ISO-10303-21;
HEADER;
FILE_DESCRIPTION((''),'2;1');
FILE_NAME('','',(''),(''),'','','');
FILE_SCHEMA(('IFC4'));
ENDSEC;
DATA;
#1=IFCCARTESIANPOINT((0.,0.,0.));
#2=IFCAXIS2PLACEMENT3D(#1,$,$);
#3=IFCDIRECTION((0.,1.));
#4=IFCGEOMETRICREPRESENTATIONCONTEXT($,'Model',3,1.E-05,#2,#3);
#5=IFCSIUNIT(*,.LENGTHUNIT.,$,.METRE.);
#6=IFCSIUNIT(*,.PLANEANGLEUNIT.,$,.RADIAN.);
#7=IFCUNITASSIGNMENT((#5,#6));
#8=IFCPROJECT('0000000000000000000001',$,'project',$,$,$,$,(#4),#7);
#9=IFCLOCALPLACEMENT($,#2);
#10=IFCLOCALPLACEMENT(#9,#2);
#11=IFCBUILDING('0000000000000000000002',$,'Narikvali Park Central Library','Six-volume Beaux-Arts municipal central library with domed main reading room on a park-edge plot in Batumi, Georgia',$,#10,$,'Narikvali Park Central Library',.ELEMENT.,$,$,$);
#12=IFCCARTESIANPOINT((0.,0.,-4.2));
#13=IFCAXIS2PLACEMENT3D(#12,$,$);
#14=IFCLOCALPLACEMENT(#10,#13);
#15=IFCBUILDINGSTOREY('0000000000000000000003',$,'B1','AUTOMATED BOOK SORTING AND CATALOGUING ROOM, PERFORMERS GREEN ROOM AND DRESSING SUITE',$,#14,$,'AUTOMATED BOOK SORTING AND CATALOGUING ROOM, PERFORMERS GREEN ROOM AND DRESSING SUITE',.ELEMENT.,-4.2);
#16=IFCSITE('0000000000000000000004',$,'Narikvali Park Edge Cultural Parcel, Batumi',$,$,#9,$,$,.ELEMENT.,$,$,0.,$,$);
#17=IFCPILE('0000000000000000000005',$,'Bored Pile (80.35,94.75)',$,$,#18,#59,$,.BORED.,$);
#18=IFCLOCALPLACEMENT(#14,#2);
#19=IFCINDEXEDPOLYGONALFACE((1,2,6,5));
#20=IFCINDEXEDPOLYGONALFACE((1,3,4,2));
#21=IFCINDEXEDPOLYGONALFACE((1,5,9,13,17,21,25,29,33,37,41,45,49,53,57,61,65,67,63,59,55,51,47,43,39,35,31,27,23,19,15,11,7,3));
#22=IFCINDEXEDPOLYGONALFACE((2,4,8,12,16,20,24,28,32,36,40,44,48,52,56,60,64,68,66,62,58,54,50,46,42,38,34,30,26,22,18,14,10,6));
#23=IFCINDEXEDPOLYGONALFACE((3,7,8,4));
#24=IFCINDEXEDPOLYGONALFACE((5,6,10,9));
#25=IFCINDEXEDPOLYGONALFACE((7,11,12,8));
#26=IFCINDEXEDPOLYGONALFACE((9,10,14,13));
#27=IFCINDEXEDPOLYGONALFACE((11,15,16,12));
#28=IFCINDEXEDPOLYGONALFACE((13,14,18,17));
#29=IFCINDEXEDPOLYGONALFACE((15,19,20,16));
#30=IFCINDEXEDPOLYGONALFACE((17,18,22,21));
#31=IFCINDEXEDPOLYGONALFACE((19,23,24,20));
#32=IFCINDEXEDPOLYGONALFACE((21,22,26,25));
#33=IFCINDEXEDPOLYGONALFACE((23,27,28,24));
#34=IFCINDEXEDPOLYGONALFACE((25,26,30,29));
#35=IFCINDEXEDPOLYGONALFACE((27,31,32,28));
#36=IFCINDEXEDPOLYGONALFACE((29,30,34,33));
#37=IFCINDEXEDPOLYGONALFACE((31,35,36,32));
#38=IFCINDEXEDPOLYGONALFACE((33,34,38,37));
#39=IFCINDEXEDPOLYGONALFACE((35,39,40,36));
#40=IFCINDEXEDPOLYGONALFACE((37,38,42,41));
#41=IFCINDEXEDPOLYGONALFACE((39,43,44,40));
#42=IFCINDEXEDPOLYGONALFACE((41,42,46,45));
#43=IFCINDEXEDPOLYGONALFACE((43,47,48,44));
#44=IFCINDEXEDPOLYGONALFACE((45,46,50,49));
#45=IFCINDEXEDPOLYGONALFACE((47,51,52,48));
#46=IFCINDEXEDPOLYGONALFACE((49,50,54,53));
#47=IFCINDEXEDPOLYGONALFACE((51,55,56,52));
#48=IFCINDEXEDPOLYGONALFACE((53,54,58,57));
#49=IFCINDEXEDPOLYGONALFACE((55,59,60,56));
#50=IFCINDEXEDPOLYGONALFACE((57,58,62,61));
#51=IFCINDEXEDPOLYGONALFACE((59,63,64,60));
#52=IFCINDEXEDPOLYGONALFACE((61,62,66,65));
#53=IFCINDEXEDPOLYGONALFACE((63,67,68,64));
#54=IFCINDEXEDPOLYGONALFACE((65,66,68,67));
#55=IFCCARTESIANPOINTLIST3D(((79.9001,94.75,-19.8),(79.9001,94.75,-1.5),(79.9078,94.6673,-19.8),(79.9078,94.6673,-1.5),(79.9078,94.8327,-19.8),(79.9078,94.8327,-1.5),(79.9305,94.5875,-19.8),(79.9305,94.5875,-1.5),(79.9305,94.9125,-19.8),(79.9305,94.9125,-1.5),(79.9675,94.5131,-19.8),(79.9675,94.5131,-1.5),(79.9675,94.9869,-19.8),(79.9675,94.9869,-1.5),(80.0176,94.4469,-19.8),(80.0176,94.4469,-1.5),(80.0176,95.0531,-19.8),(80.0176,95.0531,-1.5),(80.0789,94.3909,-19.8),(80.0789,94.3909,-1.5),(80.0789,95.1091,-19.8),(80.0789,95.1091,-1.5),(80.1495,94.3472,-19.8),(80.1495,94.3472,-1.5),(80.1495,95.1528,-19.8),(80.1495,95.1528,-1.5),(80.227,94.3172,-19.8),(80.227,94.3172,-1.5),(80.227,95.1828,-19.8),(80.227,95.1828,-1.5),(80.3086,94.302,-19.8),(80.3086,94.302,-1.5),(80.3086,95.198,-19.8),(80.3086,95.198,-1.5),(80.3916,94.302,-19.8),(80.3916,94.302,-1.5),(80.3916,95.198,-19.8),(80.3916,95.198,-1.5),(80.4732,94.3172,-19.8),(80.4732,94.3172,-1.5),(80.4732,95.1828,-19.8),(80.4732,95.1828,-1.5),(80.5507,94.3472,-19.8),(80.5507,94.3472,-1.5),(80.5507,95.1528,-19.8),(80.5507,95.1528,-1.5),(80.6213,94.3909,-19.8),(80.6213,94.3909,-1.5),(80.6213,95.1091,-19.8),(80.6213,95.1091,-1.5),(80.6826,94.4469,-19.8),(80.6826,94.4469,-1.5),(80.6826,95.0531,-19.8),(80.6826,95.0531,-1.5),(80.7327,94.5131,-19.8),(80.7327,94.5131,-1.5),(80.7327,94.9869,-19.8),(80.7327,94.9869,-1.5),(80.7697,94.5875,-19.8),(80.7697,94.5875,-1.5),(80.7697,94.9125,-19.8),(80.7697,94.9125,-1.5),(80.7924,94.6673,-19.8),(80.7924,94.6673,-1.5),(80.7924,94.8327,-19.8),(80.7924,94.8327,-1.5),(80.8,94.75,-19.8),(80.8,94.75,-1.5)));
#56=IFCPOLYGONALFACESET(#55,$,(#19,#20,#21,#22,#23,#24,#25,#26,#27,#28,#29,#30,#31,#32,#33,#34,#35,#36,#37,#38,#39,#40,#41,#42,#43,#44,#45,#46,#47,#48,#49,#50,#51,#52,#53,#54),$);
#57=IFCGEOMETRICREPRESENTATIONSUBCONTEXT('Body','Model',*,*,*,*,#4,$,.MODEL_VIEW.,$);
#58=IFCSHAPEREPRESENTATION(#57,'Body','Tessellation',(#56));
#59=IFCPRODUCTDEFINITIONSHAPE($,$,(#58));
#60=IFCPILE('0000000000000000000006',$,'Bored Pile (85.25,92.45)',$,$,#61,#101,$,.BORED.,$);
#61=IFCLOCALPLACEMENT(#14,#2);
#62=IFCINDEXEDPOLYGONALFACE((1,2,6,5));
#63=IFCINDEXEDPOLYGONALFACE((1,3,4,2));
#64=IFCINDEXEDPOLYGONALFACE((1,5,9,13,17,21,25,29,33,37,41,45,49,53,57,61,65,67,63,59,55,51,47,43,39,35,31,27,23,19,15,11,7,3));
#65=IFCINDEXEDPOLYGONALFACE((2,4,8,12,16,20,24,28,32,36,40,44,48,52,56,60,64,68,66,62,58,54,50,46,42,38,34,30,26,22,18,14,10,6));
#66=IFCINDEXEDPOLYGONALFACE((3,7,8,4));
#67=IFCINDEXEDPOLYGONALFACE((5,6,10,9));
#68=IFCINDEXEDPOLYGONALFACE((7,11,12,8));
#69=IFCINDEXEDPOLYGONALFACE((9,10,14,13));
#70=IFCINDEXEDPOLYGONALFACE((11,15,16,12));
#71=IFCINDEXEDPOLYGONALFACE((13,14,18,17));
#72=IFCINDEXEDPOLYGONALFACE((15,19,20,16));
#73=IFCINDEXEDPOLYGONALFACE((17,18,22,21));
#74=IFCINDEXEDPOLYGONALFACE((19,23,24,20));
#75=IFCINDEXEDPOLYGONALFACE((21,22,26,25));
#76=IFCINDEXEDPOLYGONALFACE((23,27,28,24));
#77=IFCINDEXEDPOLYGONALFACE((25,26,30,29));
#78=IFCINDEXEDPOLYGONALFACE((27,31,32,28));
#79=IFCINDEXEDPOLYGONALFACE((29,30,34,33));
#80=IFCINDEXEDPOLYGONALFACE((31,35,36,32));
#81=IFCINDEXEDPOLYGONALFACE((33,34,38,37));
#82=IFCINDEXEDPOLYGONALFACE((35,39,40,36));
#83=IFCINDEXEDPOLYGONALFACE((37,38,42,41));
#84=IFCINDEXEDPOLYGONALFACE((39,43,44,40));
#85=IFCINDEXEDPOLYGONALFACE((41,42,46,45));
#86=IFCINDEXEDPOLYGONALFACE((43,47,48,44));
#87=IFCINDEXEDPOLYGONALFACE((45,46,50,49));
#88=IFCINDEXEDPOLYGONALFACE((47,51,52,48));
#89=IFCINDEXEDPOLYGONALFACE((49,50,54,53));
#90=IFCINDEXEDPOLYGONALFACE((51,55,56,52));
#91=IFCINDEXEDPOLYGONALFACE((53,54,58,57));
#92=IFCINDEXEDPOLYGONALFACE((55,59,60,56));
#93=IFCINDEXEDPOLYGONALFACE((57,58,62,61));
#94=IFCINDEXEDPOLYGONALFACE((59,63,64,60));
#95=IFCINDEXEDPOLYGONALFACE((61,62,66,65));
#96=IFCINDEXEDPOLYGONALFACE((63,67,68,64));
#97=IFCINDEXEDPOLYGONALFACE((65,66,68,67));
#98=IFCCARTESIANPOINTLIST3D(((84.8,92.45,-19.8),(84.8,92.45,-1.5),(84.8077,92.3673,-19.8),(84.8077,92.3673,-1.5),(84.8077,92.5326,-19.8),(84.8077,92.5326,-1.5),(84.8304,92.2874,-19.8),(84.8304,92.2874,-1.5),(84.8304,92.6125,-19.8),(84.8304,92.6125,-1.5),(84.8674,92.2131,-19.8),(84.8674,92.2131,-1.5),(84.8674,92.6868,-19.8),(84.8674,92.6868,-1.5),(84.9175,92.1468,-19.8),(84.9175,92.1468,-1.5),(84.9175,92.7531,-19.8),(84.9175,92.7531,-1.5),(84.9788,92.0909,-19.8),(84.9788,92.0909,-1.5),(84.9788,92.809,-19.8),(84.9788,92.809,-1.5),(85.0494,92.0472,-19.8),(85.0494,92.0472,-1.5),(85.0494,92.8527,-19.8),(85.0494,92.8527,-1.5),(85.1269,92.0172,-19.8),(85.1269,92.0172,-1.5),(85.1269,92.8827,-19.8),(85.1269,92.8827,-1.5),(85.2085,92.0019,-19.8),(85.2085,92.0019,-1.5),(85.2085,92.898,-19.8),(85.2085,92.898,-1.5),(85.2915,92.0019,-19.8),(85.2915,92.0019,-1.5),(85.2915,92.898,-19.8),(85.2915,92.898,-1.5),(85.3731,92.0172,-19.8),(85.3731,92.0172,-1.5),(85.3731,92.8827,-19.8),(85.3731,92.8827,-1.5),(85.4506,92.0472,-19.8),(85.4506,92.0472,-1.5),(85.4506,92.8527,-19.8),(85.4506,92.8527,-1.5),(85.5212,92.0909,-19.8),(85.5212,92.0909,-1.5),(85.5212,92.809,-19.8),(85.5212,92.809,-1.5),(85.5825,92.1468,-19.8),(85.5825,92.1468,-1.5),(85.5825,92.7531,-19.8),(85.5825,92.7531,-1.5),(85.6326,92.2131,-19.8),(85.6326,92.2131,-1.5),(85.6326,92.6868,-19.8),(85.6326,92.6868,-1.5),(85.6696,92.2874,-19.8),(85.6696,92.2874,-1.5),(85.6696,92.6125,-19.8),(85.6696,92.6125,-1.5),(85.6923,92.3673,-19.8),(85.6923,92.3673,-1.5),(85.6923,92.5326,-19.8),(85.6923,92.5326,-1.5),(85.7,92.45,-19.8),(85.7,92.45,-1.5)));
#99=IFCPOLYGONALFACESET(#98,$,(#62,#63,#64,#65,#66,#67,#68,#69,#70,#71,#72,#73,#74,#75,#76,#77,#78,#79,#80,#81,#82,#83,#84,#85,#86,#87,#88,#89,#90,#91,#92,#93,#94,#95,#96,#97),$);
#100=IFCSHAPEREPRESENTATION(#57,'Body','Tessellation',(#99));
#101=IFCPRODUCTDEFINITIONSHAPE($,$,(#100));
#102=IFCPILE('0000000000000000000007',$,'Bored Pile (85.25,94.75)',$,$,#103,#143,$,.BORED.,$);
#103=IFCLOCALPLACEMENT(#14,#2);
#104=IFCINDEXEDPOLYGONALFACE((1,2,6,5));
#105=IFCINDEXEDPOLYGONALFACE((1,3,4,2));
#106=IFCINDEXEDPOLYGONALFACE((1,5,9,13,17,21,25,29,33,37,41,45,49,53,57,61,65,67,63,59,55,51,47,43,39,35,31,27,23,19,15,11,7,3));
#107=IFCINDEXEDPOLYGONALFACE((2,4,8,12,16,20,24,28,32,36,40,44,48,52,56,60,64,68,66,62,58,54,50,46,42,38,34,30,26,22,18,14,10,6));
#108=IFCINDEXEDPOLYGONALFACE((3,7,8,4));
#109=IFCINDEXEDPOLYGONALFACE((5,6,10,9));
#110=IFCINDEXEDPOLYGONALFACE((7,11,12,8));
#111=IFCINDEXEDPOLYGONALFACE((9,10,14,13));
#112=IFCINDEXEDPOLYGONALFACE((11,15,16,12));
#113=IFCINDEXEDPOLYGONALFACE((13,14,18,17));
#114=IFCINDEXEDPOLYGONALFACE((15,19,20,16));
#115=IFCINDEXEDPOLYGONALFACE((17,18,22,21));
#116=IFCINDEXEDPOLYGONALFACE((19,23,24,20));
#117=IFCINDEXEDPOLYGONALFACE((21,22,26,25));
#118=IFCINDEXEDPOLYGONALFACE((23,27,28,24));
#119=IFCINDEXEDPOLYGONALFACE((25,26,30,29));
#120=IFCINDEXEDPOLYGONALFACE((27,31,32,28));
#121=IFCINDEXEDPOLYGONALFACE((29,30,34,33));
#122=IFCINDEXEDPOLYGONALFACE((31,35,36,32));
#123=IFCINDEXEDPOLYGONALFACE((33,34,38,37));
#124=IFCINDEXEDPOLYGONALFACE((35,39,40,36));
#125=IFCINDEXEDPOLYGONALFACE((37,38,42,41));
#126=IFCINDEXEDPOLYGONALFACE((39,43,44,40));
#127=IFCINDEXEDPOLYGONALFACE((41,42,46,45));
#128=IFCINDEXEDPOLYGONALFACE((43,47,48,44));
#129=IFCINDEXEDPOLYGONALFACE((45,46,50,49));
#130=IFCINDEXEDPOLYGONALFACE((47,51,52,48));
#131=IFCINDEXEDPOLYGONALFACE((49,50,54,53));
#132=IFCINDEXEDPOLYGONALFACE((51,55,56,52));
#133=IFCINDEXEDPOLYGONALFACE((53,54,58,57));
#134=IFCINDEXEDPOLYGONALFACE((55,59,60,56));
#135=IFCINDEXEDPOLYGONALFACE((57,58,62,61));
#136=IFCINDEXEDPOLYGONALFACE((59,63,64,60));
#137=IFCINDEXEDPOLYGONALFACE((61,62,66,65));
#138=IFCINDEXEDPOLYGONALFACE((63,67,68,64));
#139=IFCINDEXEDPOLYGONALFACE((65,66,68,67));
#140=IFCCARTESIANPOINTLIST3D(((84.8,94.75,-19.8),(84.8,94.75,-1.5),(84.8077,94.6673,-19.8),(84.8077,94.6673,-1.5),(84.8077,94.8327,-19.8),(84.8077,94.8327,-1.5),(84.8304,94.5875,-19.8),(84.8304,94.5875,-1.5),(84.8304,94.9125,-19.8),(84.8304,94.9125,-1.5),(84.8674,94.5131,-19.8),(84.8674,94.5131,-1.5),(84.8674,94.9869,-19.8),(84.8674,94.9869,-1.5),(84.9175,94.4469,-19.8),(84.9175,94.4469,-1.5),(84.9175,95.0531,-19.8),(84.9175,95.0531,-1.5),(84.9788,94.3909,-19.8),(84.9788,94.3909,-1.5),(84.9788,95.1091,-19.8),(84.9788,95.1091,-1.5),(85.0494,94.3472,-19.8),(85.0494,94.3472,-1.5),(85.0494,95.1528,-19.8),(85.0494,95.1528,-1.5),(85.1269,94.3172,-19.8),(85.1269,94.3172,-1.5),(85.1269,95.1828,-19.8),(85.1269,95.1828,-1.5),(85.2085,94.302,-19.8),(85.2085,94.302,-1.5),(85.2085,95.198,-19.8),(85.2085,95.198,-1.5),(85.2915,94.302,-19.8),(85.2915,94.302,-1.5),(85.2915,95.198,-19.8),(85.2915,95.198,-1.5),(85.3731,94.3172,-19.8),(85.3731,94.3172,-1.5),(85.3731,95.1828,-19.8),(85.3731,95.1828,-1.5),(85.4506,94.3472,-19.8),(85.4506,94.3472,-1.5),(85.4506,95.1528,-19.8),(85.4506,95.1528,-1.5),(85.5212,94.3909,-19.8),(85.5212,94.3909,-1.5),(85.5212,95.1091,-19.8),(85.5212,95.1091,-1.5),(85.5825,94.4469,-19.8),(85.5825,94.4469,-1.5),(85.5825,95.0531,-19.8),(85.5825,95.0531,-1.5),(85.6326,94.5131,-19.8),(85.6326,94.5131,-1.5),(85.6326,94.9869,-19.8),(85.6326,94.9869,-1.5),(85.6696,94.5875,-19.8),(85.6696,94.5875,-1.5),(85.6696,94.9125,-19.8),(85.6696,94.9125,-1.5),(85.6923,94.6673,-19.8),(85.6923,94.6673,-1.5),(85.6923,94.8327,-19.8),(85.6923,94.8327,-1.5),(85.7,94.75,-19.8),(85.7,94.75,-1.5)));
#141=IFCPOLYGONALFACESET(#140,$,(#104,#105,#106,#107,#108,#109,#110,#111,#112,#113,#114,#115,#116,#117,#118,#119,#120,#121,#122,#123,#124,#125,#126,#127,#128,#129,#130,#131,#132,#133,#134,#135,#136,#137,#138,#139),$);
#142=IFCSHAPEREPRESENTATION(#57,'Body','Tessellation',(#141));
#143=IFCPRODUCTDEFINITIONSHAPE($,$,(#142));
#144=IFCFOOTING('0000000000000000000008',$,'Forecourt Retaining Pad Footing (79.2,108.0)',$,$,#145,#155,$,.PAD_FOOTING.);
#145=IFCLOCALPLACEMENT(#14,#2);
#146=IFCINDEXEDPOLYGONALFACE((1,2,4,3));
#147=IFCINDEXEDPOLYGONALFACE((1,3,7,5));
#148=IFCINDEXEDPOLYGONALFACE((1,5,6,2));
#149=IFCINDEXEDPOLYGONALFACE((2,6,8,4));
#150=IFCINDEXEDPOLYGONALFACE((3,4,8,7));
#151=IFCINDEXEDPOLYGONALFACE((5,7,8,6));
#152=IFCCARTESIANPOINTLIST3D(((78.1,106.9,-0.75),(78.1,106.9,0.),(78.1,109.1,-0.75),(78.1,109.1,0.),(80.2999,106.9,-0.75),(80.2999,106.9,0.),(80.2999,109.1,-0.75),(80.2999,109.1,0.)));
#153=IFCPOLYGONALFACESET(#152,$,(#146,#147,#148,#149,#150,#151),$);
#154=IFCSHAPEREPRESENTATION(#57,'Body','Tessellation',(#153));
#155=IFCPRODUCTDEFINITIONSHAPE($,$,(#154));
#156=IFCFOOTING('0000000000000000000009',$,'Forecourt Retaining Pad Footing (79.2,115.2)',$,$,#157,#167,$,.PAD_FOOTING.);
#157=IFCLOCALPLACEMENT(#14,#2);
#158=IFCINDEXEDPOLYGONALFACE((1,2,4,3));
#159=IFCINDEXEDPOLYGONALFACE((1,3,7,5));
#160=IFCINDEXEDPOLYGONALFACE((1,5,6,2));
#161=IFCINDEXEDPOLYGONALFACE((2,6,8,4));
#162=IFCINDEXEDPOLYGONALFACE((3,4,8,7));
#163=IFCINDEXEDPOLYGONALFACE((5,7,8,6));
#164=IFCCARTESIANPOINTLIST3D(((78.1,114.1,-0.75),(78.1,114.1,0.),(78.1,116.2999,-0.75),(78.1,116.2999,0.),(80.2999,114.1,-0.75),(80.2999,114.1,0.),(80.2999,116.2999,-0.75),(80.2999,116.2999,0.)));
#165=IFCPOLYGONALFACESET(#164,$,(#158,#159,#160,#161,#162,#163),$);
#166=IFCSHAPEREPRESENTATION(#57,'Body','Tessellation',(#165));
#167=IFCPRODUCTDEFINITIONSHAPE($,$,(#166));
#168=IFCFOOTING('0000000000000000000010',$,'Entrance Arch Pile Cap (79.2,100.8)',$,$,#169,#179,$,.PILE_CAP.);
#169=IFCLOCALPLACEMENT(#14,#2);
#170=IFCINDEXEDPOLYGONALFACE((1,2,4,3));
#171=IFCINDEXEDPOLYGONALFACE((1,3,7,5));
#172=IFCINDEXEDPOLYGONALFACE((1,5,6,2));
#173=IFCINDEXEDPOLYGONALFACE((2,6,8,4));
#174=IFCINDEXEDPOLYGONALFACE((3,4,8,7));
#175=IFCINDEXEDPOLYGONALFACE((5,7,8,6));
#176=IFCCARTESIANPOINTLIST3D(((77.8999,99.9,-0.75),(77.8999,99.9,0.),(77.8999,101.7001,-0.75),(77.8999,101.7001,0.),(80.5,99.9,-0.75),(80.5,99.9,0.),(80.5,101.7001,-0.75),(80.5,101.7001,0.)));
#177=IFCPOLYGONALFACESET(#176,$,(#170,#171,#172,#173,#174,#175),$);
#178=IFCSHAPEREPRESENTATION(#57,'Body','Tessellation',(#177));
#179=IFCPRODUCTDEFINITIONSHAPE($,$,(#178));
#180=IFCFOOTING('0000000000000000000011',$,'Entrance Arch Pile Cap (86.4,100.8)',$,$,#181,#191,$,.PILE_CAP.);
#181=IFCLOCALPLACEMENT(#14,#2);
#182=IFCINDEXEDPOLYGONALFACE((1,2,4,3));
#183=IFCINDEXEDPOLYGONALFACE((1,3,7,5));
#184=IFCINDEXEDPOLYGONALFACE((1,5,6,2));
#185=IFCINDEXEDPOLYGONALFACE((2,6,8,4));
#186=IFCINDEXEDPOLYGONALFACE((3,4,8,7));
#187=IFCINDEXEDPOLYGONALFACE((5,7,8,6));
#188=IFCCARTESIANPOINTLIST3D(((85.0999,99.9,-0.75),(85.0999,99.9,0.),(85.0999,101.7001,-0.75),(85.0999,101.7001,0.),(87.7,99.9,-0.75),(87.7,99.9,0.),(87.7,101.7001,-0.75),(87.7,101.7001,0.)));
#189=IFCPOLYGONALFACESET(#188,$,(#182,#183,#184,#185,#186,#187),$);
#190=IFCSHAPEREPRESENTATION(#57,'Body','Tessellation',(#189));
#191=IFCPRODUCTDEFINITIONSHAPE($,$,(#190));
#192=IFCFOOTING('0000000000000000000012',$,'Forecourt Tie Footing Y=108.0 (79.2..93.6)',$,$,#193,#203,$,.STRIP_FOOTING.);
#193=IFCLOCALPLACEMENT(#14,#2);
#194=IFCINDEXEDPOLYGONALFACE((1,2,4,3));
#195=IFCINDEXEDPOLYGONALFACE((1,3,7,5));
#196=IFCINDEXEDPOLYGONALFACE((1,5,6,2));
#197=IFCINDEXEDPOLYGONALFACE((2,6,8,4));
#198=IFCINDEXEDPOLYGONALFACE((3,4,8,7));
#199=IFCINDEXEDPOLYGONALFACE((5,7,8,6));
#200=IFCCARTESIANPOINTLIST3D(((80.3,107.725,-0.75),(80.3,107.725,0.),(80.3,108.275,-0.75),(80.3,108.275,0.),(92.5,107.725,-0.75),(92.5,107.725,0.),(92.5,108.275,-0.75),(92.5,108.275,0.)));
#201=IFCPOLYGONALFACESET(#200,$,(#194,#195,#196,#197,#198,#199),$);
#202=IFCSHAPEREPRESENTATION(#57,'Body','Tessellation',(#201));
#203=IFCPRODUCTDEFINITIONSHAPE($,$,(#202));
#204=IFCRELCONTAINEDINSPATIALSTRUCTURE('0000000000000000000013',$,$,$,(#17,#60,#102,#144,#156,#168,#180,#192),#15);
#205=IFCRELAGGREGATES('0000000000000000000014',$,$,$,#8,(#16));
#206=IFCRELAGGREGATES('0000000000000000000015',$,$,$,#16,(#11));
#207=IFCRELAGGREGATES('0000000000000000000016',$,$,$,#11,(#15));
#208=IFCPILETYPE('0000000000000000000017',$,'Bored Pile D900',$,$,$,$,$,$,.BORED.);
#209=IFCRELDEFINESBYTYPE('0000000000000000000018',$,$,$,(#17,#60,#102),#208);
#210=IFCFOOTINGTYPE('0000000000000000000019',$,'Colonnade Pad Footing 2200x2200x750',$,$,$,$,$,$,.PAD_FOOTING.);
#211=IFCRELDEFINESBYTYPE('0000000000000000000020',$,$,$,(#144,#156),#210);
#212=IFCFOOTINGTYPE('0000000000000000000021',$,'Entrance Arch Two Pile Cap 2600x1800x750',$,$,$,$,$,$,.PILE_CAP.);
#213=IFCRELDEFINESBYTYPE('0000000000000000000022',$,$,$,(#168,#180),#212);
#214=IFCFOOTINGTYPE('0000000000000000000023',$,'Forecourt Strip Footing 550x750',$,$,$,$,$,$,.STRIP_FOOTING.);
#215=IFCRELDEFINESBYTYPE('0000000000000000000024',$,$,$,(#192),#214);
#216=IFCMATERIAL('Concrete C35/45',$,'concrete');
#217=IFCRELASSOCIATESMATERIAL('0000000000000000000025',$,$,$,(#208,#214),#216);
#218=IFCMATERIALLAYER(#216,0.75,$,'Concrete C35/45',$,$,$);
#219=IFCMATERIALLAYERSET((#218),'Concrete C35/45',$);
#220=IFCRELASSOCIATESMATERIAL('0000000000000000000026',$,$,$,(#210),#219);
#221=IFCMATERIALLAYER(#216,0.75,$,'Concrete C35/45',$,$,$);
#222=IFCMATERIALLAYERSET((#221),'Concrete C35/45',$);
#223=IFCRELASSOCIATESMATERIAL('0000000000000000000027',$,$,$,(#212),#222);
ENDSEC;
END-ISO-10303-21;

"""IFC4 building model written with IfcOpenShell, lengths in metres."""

from ifc_helpers import new_model, si_unit, direction, frame, origin, origin_2d, place, context, subcontext, project, spatial, rectangle, circle, extrude, material, layer, layer_set, material_profile, profile_set, type_object, element, save


model = new_model("IFC4")

# Units and contexts
model_context = context("Model", 3, precision=1e-05, world=origin(), true_north=direction((0.0, 1.0)))
body_context = subcontext(model_context, "Body", "Model", "MODEL_VIEW")
ifc_project = project(units=[si_unit("LENGTHUNIT", "METRE"), si_unit("PLANEANGLEUNIT", "RADIAN")], contexts=[model_context])

# Site, building, storey
site_placement = place(None, origin())
site = spatial("IfcSite", under=ifc_project, at=site_placement, Name="Narikvali Park Edge Cultural Parcel, Batumi", CompositionType="ELEMENT", RefElevation=0.0)
building_placement = place(site_placement, origin())
building = spatial("IfcBuilding", under=site, at=building_placement, Name="Narikvali Park Central Library", Description="Six-volume Beaux-Arts municipal central library with domed main reading room on a park-edge plot in Batumi, Georgia", LongName="Narikvali Park Central Library", CompositionType="ELEMENT")
storey_placement = place(building_placement, frame((0.0, 0.0, -4.2)))
storey = spatial("IfcBuildingStorey", under=building, at=storey_placement, Name="B1", Description="AUTOMATED BOOK SORTING AND CATALOGUING ROOM, PERFORMERS GREEN ROOM AND DRESSING SUITE", LongName="AUTOMATED BOOK SORTING AND CATALOGUING ROOM, PERFORMERS GREEN ROOM AND DRESSING SUITE", CompositionType="ELEMENT", Elevation=-4.2)

# Piles
ifc_material_1 = material(Name="Concrete C35/45", Category="concrete")
ifc_material_profile_1 = material_profile(ifc_material_1, circle(Radius=0.45, at=origin_2d()), Name="PILE D900")
ifc_profile_set_1 = profile_set([ifc_material_profile_1], Name="Concrete C35/45")
pile_type_1 = type_object("IfcPileType", Name="Bored Pile D900", PredefinedType="BORED", material=ifc_profile_set_1)
for number, where, z_axis, x_axis, name in (
    (1, (80.3501, 94.75, -1.5), (0.0, 0.0, -1.0), (1.0, 0.0, 0.0), "Bored Pile (80.35,94.75)"),
    (2, (85.25, 92.45, -1.5), (0.0, 0.0, -1.0), (1.0, 0.0, 0.0), "Bored Pile (85.25,92.45)"),
    (3, (85.25, 94.75, -1.5), (0.0, 0.0, -1.0), (1.0, 0.0, 0.0), "Bored Pile (85.25,94.75)"),
):
    element("IfcPile", number, at=place(storey_placement, frame(where, z_axis=z_axis, x_axis=x_axis)), inside=storey, type_object=pile_type_1, Name=name, PredefinedType="BORED", context=body_context, shape_type="SweptSolid", body=[
        extrude(circle(Radius=0.45, at=origin_2d()), origin(), (0.0, 0.0, 1.0), 18.3),
    ])

# Footings
ifc_layer_1 = layer(ifc_material_1, 0.75, Name="Concrete C35/45")
ifc_layer_set_1 = layer_set([ifc_layer_1], Name="Concrete C35/45")
footing_type_1 = type_object("IfcFootingType", Name="Colonnade Pad Footing 2200x2200x750", PredefinedType="PAD_FOOTING", material=ifc_layer_set_1)
for number, where, z_axis, x_axis, name in (
    (4, (79.2, 108.0, -0.75), (0.0, 0.0, 1.0), (1.0, 0.0, 0.0), "Forecourt Retaining Pad Footing (79.2,108.0)"),
    (5, (79.2, 115.2, -0.75), (0.0, 0.0, 1.0), (1.0, 0.0, 0.0), "Forecourt Retaining Pad Footing (79.2,115.2)"),
):
    element("IfcFooting", number, at=place(storey_placement, frame(where, z_axis=z_axis, x_axis=x_axis)), inside=storey, type_object=footing_type_1, Name=name, PredefinedType="PAD_FOOTING", context=body_context, shape_type="SweptSolid", body=[
        extrude(rectangle(XDim=2.2, YDim=2.2, at=origin_2d()), origin(), (0.0, 0.0, 1.0), 0.75),
    ])
ifc_layer_2 = layer(ifc_material_1, 0.75, Name="Concrete C35/45")
ifc_layer_set_2 = layer_set([ifc_layer_2], Name="Concrete C35/45")
footing_type_2 = type_object("IfcFootingType", Name="Entrance Arch Two Pile Cap 2600x1800x750", PredefinedType="PILE_CAP", material=ifc_layer_set_2)
for number, where, z_axis, x_axis, name in (
    (6, (79.2, 100.8, -0.75), (0.0, 0.0, 1.0), (1.0, 0.0, 0.0), "Entrance Arch Pile Cap (79.2,100.8)"),
    (7, (86.3999, 100.8, -0.75), (0.0, 0.0, 1.0), (1.0, 0.0, 0.0), "Entrance Arch Pile Cap (86.4,100.8)"),
):
    element("IfcFooting", number, at=place(storey_placement, frame(where, z_axis=z_axis, x_axis=x_axis)), inside=storey, type_object=footing_type_2, Name=name, PredefinedType="PILE_CAP", context=body_context, shape_type="SweptSolid", body=[
        extrude(rectangle(XDim=2.6001, YDim=1.8, at=origin_2d()), origin(), (0.0, 0.0, 1.0), 0.75),
    ])
ifc_material_profile_2 = material_profile(ifc_material_1, rectangle(XDim=0.55, YDim=0.75, at=origin_2d()), Name="RC GB 550x750")
ifc_profile_set_2 = profile_set([ifc_material_profile_2], Name="Concrete C35/45")
footing_type_3 = type_object("IfcFootingType", Name="Forecourt Strip Footing 550x750", PredefinedType="STRIP_FOOTING", material=ifc_profile_set_2)
for number, where, z_axis, x_axis, name in (
    (8, (80.3, 108.0, -0.375), (1.0, 0.0, 0.0), (0.0, 1.0, 0.0), "Forecourt Tie Footing Y=108.0 (79.2..93.6)"),
):
    element("IfcFooting", number, at=place(storey_placement, frame(where, z_axis=z_axis, x_axis=x_axis)), inside=storey, type_object=footing_type_3, Name=name, PredefinedType="STRIP_FOOTING", context=body_context, shape_type="SweptSolid", body=[
        extrude(rectangle(XDim=0.55, YDim=0.75, at=origin_2d()), origin(), (0.0, 0.0, 1.0), 12.2),
    ])

save(model, "model.ifc")
